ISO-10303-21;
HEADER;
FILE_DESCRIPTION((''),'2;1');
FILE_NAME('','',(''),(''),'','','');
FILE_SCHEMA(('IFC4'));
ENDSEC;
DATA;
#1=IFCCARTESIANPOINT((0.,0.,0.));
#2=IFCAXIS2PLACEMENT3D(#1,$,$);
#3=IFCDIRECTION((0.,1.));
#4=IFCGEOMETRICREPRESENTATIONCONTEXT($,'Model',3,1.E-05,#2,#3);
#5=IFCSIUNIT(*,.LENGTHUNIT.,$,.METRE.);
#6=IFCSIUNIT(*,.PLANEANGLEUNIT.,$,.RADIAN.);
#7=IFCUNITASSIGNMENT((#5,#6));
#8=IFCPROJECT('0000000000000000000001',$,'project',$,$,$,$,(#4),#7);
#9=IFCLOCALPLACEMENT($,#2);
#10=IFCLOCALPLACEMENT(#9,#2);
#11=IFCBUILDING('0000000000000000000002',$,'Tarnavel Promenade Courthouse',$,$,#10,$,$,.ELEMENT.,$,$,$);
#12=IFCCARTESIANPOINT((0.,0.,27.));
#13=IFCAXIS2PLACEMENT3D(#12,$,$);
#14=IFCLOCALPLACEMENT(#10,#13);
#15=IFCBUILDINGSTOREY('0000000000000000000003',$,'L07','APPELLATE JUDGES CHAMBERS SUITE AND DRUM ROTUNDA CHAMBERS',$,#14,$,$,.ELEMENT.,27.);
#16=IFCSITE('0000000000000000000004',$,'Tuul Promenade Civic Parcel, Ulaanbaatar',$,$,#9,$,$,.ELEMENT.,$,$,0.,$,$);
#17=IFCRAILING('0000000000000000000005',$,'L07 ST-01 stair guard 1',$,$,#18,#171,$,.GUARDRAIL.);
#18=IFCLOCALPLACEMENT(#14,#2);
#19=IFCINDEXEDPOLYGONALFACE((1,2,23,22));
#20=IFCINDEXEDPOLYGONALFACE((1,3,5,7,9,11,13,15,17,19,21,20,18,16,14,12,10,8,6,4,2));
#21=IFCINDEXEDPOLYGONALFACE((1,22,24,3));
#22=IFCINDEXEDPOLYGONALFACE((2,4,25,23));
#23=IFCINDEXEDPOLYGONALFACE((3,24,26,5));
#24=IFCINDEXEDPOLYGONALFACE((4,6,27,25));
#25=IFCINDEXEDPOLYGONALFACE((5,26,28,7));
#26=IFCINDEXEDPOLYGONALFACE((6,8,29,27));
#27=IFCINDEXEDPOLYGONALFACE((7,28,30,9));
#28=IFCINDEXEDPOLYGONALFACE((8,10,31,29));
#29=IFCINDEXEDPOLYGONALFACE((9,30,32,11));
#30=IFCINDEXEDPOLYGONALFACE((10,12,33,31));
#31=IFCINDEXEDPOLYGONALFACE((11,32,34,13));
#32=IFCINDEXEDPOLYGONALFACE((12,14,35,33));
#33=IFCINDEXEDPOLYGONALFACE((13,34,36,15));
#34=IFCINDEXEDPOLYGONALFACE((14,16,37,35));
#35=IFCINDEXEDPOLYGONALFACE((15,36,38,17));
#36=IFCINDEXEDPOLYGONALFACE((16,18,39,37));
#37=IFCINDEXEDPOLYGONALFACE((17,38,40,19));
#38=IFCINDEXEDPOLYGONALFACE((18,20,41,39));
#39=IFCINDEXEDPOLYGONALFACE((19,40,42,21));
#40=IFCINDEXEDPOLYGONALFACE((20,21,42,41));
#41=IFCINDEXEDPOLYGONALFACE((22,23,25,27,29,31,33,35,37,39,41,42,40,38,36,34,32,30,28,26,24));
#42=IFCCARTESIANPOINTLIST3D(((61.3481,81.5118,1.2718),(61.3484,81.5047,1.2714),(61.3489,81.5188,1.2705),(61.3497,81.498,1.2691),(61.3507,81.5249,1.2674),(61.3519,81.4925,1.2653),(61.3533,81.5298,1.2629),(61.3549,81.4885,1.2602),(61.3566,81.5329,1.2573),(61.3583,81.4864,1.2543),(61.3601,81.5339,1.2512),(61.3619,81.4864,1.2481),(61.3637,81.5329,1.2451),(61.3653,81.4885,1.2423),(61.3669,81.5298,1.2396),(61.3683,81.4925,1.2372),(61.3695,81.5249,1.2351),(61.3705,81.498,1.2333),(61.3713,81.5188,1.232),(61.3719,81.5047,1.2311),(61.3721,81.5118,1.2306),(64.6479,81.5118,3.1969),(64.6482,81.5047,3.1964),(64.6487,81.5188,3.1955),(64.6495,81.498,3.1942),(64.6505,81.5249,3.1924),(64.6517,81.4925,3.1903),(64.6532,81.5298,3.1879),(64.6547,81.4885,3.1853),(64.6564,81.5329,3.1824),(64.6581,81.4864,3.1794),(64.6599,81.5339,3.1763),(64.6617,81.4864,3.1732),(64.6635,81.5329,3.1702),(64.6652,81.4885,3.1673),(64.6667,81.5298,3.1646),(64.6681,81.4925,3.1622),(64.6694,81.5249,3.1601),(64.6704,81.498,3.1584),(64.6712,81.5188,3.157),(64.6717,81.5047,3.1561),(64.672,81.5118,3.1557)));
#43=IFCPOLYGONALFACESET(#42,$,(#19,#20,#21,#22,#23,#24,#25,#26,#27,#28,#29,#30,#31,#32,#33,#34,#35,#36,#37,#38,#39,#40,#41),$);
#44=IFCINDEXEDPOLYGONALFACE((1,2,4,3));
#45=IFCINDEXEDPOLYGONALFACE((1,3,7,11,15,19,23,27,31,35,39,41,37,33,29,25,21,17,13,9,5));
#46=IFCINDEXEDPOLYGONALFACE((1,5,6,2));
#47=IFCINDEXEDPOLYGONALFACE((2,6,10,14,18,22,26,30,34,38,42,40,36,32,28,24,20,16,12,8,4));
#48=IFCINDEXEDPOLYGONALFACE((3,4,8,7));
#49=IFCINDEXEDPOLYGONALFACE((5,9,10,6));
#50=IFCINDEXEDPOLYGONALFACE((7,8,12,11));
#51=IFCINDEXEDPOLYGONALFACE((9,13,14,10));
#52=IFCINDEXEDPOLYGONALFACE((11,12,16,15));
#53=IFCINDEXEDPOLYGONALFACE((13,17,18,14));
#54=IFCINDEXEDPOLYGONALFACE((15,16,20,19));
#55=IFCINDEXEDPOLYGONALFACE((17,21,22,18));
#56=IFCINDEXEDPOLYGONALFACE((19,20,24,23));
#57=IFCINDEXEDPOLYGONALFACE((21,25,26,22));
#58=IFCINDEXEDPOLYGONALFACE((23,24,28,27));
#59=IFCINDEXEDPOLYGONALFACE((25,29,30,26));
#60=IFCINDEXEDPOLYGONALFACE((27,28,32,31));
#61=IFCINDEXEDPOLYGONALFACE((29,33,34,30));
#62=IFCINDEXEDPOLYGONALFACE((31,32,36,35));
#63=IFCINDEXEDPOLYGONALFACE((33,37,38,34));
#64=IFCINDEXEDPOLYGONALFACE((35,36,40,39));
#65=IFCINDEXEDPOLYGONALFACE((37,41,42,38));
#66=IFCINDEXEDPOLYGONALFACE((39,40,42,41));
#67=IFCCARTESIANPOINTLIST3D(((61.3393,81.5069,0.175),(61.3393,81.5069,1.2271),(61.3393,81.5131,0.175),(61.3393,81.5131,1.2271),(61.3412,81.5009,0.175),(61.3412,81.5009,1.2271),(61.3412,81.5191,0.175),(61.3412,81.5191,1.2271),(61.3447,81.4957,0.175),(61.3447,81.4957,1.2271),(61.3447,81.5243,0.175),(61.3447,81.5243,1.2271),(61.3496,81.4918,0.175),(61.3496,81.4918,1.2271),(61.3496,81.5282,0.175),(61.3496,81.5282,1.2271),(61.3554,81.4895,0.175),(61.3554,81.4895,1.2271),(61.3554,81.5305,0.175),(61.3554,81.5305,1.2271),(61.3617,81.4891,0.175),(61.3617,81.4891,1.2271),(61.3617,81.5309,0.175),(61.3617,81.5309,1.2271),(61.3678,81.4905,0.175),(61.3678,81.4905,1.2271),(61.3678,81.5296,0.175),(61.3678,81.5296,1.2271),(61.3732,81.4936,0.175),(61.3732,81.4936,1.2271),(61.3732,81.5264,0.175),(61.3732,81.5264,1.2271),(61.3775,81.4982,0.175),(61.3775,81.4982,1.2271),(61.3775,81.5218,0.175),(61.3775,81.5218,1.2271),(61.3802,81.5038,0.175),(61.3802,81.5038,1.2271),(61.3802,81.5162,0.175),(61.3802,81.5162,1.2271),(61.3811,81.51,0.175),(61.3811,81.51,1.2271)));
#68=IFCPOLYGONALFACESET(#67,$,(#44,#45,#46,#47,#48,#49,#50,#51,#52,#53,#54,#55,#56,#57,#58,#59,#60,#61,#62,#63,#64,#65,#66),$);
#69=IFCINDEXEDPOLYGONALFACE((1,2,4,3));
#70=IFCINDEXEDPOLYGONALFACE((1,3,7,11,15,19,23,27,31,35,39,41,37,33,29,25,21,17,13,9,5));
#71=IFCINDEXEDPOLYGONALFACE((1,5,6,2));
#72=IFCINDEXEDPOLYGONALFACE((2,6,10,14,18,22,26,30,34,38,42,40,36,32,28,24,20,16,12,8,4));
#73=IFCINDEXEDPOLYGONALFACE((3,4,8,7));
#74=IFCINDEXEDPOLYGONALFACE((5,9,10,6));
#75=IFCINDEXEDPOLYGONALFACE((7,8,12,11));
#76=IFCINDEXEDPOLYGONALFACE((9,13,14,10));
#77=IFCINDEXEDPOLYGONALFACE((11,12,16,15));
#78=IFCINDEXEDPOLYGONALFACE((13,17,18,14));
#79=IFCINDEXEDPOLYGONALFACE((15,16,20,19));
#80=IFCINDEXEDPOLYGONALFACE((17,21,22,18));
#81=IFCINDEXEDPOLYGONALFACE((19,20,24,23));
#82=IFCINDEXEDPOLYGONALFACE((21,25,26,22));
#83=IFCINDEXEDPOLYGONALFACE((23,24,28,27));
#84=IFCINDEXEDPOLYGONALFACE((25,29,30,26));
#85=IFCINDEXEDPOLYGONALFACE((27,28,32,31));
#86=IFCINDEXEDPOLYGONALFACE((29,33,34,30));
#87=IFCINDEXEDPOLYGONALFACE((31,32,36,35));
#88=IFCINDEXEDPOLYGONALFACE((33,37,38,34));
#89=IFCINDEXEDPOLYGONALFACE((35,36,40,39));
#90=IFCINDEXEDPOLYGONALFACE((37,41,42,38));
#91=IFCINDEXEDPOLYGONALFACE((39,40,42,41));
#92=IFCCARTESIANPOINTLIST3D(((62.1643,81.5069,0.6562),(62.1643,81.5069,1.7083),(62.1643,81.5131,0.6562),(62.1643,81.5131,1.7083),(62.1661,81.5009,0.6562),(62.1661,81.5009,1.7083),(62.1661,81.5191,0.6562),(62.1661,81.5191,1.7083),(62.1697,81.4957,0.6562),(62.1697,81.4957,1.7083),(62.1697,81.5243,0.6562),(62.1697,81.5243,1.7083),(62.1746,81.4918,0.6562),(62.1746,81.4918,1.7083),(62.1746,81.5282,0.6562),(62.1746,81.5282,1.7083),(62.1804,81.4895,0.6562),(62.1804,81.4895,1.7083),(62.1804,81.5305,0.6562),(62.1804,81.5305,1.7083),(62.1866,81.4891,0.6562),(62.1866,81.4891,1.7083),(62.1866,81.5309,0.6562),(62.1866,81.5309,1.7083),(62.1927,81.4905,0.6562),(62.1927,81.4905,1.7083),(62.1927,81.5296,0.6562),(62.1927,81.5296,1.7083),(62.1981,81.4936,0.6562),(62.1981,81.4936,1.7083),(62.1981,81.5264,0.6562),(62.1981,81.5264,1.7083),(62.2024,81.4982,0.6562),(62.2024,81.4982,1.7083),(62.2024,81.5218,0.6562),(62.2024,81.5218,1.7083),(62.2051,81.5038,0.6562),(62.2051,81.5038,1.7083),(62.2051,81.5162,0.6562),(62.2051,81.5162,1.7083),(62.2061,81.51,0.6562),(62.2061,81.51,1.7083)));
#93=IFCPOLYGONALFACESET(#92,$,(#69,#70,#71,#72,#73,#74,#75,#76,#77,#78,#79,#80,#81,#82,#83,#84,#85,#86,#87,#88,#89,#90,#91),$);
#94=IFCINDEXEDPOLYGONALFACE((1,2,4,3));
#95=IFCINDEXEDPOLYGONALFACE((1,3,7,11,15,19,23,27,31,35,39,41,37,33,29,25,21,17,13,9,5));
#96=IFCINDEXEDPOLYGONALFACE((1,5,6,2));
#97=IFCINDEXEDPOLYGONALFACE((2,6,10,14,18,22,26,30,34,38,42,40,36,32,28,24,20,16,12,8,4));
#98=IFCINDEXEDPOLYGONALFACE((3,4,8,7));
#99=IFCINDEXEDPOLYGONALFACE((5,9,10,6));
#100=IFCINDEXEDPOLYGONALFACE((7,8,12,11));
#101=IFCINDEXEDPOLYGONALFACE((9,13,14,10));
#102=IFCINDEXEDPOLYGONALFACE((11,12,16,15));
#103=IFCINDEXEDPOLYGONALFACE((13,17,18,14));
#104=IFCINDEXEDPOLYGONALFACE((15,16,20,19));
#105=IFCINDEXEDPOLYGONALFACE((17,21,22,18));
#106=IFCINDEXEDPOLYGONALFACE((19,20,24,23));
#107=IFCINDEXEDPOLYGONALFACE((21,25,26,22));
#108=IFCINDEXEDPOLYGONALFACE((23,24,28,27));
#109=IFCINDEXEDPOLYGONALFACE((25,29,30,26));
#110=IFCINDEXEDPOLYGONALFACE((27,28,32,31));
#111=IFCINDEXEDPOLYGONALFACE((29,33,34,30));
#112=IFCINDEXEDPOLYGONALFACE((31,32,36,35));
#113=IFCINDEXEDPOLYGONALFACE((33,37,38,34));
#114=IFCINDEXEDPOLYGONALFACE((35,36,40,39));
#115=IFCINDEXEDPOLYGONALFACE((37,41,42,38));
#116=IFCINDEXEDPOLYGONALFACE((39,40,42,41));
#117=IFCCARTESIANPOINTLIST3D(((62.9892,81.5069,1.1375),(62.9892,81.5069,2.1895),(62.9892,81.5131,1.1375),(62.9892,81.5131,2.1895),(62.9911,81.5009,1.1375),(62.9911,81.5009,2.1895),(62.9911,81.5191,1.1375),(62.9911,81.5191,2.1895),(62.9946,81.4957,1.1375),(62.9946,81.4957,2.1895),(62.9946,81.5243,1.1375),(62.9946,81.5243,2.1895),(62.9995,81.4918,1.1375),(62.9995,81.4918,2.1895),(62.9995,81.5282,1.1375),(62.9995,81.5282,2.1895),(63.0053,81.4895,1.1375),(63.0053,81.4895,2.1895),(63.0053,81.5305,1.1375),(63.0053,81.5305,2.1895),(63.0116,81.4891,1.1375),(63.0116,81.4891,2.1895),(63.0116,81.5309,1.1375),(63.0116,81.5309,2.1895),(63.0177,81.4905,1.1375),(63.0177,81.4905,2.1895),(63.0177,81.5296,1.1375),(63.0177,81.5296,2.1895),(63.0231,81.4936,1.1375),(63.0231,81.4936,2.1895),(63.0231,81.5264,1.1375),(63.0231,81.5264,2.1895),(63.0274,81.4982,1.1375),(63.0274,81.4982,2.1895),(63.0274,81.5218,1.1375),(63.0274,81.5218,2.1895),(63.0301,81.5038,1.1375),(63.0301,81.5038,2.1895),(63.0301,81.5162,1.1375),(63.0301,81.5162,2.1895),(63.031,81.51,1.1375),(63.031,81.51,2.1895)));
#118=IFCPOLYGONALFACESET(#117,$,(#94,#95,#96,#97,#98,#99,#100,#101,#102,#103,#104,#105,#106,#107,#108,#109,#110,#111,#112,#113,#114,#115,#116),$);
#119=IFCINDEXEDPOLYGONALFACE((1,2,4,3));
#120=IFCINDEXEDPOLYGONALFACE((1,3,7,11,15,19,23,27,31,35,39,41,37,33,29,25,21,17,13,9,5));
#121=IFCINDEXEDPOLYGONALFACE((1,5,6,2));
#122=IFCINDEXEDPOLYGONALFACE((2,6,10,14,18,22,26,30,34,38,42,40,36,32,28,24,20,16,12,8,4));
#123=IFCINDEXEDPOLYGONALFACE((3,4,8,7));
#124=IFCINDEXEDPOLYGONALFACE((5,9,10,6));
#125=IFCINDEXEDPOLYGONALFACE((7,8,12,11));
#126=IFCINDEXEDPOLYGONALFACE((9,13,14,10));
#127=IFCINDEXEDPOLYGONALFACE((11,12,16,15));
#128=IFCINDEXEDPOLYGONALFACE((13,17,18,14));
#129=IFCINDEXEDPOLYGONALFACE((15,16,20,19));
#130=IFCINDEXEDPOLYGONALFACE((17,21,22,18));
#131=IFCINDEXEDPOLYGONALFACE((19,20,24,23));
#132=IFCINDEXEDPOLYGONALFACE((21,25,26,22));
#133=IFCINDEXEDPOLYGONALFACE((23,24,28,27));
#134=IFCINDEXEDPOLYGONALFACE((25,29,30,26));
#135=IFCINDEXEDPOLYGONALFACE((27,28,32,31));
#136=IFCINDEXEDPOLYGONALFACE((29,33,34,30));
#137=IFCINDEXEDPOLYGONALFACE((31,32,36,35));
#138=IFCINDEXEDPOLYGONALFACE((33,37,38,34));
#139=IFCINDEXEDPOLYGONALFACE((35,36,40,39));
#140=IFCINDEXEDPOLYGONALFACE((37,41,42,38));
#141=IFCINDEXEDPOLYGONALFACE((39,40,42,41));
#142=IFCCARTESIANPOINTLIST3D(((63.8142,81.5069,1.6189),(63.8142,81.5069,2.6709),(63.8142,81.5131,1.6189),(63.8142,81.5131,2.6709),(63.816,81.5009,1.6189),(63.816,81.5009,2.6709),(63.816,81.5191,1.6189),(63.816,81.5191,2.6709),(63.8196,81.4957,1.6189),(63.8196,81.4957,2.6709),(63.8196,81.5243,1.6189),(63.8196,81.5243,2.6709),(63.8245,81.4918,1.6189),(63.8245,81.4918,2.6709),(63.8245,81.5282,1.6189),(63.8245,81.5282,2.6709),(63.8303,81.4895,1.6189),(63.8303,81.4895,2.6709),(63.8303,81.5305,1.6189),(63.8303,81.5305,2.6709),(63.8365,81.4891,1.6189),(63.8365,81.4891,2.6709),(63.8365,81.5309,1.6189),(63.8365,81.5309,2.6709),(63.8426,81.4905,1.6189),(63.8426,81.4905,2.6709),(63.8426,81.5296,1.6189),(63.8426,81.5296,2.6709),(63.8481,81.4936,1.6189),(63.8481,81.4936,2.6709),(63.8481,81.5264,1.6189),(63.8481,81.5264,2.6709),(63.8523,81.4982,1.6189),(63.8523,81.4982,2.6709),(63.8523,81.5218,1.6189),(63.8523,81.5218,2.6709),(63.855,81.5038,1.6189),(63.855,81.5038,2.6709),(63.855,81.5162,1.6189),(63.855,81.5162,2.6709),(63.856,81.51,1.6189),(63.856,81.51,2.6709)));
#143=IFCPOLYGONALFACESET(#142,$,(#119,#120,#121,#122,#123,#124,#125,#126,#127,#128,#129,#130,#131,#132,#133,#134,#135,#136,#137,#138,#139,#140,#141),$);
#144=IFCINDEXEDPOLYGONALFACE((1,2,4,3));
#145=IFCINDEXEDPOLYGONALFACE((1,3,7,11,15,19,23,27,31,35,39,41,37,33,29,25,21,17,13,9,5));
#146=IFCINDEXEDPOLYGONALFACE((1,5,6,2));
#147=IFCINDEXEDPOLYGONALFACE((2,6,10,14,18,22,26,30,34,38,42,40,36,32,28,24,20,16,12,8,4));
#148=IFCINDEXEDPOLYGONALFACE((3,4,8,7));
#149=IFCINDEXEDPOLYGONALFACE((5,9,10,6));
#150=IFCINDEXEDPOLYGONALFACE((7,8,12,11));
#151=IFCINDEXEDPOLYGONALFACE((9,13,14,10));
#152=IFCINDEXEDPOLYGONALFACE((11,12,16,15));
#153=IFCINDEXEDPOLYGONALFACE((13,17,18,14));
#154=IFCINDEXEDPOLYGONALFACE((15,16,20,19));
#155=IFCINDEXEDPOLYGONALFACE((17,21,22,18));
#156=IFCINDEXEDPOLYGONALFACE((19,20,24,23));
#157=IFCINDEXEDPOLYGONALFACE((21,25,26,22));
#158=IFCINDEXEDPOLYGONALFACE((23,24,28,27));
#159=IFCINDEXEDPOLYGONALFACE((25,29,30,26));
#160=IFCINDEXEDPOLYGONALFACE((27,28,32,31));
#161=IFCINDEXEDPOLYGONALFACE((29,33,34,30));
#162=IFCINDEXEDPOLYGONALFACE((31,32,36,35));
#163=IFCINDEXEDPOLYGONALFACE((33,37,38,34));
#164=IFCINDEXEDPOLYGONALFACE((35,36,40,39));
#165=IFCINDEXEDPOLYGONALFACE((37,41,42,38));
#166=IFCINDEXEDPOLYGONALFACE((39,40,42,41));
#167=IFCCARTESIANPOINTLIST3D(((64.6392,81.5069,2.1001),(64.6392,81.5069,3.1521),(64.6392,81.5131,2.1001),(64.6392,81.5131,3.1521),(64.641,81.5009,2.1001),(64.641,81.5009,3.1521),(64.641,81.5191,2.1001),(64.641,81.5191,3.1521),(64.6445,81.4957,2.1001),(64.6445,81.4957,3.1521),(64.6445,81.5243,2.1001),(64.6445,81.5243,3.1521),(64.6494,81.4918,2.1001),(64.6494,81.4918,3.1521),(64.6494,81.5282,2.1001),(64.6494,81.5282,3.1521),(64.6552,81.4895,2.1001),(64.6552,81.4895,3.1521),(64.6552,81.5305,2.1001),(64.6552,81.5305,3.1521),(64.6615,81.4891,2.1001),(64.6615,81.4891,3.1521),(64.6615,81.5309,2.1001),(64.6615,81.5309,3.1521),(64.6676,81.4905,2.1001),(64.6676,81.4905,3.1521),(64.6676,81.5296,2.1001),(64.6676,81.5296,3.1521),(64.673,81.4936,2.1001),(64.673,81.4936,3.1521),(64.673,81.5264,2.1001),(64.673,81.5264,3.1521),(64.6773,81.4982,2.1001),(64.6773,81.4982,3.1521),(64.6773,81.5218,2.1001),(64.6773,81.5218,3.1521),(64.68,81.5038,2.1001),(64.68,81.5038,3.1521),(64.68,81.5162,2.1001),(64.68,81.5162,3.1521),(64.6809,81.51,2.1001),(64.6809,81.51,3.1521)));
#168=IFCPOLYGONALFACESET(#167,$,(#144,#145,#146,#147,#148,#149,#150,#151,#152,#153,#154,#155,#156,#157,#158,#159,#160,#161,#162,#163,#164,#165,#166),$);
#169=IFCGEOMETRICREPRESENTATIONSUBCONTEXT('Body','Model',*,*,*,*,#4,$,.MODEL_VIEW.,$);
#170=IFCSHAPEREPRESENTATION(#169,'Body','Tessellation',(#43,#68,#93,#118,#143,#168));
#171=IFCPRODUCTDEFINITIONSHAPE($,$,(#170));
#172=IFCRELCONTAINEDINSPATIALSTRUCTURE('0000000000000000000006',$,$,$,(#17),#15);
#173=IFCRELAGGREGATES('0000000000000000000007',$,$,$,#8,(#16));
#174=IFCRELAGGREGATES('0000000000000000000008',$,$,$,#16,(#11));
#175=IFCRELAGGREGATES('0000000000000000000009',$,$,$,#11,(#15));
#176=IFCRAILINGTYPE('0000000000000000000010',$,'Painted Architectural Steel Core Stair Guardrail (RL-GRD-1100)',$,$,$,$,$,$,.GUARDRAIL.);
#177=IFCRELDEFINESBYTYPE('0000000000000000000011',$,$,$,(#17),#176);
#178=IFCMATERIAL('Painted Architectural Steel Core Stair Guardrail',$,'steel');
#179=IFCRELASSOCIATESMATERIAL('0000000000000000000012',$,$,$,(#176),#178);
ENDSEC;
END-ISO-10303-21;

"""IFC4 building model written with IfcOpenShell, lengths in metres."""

from ifc_helpers import new_model, si_unit, direction, frame, origin, origin_2d, place, context, subcontext, project, spatial, circle, extrude, material, type_object, element, save


model = new_model("IFC4")

# Units and contexts
model_context = context("Model", 3, precision=1e-05, world=origin(), true_north=direction((0.0, 1.0)))
body_context = subcontext(model_context, "Body", "Model", "MODEL_VIEW")
ifc_project = project(units=[si_unit("LENGTHUNIT", "METRE"), si_unit("PLANEANGLEUNIT", "RADIAN")], contexts=[model_context])

# Site, building, storey
site_placement = place(None, origin())
site = spatial("IfcSite", under=ifc_project, at=site_placement, Name="Tuul Promenade Civic Parcel, Ulaanbaatar", CompositionType="ELEMENT", RefElevation=0.0)
building_placement = place(site_placement, origin())
building = spatial("IfcBuilding", under=site, at=building_placement, Name="Tarnavel Promenade Courthouse", CompositionType="ELEMENT")
storey_placement = place(building_placement, frame((0.0, 0.0, 27.0)))
storey = spatial("IfcBuildingStorey", under=building, at=storey_placement, Name="L07", Description="APPELLATE JUDGES CHAMBERS SUITE AND DRUM ROTUNDA CHAMBERS", CompositionType="ELEMENT", Elevation=27.0)

# Railing
ifc_material_1 = material(Name="Painted Architectural Steel Core Stair Guardrail", Category="steel")
railing_type_1 = type_object("IfcRailingType", Name="Painted Architectural Steel Core Stair Guardrail (RL-GRD-1100)", PredefinedType="GUARDRAIL", material=ifc_material_1)
railing_1_placement = place(storey_placement, frame((61.3601, 81.51, 0.175)))
element("IfcRailing", 1, at=railing_1_placement, inside=storey, type_object=railing_type_1, Name="L07 ST-01 stair guard 1", PredefinedType="GUARDRAIL", context=body_context, shape_type="SweptSolid", body=[
    extrude(circle(Radius=0.0239, at=origin_2d()), frame((0.0, 0.0, 1.0762), z_axis=(0.86376, 0.0, 0.503903), x_axis=(0.0, 1.0, 0.0)), (0.0, 0.0, 1.0), 3.8203),
    extrude(circle(Radius=0.021, at=origin_2d()), origin(), (0.0, 0.0, 1.0), 1.052),
    extrude(circle(Radius=0.021, at=origin_2d()), frame((0.825, 0.0, 0.4812)), (0.0, 0.0, 1.0), 1.052),
    extrude(circle(Radius=0.021, at=origin_2d()), frame((1.6499, 0.0, 0.9624)), (0.0, 0.0, 1.0), 1.052),
    extrude(circle(Radius=0.021, at=origin_2d()), frame((2.4749, 0.0, 1.4438)), (0.0, 0.0, 1.0), 1.052),
    extrude(circle(Radius=0.021, at=origin_2d()), frame((3.2998, 0.0, 1.925)), (0.0, 0.0, 1.0), 1.052),
])

save(model, "model.ifc")
